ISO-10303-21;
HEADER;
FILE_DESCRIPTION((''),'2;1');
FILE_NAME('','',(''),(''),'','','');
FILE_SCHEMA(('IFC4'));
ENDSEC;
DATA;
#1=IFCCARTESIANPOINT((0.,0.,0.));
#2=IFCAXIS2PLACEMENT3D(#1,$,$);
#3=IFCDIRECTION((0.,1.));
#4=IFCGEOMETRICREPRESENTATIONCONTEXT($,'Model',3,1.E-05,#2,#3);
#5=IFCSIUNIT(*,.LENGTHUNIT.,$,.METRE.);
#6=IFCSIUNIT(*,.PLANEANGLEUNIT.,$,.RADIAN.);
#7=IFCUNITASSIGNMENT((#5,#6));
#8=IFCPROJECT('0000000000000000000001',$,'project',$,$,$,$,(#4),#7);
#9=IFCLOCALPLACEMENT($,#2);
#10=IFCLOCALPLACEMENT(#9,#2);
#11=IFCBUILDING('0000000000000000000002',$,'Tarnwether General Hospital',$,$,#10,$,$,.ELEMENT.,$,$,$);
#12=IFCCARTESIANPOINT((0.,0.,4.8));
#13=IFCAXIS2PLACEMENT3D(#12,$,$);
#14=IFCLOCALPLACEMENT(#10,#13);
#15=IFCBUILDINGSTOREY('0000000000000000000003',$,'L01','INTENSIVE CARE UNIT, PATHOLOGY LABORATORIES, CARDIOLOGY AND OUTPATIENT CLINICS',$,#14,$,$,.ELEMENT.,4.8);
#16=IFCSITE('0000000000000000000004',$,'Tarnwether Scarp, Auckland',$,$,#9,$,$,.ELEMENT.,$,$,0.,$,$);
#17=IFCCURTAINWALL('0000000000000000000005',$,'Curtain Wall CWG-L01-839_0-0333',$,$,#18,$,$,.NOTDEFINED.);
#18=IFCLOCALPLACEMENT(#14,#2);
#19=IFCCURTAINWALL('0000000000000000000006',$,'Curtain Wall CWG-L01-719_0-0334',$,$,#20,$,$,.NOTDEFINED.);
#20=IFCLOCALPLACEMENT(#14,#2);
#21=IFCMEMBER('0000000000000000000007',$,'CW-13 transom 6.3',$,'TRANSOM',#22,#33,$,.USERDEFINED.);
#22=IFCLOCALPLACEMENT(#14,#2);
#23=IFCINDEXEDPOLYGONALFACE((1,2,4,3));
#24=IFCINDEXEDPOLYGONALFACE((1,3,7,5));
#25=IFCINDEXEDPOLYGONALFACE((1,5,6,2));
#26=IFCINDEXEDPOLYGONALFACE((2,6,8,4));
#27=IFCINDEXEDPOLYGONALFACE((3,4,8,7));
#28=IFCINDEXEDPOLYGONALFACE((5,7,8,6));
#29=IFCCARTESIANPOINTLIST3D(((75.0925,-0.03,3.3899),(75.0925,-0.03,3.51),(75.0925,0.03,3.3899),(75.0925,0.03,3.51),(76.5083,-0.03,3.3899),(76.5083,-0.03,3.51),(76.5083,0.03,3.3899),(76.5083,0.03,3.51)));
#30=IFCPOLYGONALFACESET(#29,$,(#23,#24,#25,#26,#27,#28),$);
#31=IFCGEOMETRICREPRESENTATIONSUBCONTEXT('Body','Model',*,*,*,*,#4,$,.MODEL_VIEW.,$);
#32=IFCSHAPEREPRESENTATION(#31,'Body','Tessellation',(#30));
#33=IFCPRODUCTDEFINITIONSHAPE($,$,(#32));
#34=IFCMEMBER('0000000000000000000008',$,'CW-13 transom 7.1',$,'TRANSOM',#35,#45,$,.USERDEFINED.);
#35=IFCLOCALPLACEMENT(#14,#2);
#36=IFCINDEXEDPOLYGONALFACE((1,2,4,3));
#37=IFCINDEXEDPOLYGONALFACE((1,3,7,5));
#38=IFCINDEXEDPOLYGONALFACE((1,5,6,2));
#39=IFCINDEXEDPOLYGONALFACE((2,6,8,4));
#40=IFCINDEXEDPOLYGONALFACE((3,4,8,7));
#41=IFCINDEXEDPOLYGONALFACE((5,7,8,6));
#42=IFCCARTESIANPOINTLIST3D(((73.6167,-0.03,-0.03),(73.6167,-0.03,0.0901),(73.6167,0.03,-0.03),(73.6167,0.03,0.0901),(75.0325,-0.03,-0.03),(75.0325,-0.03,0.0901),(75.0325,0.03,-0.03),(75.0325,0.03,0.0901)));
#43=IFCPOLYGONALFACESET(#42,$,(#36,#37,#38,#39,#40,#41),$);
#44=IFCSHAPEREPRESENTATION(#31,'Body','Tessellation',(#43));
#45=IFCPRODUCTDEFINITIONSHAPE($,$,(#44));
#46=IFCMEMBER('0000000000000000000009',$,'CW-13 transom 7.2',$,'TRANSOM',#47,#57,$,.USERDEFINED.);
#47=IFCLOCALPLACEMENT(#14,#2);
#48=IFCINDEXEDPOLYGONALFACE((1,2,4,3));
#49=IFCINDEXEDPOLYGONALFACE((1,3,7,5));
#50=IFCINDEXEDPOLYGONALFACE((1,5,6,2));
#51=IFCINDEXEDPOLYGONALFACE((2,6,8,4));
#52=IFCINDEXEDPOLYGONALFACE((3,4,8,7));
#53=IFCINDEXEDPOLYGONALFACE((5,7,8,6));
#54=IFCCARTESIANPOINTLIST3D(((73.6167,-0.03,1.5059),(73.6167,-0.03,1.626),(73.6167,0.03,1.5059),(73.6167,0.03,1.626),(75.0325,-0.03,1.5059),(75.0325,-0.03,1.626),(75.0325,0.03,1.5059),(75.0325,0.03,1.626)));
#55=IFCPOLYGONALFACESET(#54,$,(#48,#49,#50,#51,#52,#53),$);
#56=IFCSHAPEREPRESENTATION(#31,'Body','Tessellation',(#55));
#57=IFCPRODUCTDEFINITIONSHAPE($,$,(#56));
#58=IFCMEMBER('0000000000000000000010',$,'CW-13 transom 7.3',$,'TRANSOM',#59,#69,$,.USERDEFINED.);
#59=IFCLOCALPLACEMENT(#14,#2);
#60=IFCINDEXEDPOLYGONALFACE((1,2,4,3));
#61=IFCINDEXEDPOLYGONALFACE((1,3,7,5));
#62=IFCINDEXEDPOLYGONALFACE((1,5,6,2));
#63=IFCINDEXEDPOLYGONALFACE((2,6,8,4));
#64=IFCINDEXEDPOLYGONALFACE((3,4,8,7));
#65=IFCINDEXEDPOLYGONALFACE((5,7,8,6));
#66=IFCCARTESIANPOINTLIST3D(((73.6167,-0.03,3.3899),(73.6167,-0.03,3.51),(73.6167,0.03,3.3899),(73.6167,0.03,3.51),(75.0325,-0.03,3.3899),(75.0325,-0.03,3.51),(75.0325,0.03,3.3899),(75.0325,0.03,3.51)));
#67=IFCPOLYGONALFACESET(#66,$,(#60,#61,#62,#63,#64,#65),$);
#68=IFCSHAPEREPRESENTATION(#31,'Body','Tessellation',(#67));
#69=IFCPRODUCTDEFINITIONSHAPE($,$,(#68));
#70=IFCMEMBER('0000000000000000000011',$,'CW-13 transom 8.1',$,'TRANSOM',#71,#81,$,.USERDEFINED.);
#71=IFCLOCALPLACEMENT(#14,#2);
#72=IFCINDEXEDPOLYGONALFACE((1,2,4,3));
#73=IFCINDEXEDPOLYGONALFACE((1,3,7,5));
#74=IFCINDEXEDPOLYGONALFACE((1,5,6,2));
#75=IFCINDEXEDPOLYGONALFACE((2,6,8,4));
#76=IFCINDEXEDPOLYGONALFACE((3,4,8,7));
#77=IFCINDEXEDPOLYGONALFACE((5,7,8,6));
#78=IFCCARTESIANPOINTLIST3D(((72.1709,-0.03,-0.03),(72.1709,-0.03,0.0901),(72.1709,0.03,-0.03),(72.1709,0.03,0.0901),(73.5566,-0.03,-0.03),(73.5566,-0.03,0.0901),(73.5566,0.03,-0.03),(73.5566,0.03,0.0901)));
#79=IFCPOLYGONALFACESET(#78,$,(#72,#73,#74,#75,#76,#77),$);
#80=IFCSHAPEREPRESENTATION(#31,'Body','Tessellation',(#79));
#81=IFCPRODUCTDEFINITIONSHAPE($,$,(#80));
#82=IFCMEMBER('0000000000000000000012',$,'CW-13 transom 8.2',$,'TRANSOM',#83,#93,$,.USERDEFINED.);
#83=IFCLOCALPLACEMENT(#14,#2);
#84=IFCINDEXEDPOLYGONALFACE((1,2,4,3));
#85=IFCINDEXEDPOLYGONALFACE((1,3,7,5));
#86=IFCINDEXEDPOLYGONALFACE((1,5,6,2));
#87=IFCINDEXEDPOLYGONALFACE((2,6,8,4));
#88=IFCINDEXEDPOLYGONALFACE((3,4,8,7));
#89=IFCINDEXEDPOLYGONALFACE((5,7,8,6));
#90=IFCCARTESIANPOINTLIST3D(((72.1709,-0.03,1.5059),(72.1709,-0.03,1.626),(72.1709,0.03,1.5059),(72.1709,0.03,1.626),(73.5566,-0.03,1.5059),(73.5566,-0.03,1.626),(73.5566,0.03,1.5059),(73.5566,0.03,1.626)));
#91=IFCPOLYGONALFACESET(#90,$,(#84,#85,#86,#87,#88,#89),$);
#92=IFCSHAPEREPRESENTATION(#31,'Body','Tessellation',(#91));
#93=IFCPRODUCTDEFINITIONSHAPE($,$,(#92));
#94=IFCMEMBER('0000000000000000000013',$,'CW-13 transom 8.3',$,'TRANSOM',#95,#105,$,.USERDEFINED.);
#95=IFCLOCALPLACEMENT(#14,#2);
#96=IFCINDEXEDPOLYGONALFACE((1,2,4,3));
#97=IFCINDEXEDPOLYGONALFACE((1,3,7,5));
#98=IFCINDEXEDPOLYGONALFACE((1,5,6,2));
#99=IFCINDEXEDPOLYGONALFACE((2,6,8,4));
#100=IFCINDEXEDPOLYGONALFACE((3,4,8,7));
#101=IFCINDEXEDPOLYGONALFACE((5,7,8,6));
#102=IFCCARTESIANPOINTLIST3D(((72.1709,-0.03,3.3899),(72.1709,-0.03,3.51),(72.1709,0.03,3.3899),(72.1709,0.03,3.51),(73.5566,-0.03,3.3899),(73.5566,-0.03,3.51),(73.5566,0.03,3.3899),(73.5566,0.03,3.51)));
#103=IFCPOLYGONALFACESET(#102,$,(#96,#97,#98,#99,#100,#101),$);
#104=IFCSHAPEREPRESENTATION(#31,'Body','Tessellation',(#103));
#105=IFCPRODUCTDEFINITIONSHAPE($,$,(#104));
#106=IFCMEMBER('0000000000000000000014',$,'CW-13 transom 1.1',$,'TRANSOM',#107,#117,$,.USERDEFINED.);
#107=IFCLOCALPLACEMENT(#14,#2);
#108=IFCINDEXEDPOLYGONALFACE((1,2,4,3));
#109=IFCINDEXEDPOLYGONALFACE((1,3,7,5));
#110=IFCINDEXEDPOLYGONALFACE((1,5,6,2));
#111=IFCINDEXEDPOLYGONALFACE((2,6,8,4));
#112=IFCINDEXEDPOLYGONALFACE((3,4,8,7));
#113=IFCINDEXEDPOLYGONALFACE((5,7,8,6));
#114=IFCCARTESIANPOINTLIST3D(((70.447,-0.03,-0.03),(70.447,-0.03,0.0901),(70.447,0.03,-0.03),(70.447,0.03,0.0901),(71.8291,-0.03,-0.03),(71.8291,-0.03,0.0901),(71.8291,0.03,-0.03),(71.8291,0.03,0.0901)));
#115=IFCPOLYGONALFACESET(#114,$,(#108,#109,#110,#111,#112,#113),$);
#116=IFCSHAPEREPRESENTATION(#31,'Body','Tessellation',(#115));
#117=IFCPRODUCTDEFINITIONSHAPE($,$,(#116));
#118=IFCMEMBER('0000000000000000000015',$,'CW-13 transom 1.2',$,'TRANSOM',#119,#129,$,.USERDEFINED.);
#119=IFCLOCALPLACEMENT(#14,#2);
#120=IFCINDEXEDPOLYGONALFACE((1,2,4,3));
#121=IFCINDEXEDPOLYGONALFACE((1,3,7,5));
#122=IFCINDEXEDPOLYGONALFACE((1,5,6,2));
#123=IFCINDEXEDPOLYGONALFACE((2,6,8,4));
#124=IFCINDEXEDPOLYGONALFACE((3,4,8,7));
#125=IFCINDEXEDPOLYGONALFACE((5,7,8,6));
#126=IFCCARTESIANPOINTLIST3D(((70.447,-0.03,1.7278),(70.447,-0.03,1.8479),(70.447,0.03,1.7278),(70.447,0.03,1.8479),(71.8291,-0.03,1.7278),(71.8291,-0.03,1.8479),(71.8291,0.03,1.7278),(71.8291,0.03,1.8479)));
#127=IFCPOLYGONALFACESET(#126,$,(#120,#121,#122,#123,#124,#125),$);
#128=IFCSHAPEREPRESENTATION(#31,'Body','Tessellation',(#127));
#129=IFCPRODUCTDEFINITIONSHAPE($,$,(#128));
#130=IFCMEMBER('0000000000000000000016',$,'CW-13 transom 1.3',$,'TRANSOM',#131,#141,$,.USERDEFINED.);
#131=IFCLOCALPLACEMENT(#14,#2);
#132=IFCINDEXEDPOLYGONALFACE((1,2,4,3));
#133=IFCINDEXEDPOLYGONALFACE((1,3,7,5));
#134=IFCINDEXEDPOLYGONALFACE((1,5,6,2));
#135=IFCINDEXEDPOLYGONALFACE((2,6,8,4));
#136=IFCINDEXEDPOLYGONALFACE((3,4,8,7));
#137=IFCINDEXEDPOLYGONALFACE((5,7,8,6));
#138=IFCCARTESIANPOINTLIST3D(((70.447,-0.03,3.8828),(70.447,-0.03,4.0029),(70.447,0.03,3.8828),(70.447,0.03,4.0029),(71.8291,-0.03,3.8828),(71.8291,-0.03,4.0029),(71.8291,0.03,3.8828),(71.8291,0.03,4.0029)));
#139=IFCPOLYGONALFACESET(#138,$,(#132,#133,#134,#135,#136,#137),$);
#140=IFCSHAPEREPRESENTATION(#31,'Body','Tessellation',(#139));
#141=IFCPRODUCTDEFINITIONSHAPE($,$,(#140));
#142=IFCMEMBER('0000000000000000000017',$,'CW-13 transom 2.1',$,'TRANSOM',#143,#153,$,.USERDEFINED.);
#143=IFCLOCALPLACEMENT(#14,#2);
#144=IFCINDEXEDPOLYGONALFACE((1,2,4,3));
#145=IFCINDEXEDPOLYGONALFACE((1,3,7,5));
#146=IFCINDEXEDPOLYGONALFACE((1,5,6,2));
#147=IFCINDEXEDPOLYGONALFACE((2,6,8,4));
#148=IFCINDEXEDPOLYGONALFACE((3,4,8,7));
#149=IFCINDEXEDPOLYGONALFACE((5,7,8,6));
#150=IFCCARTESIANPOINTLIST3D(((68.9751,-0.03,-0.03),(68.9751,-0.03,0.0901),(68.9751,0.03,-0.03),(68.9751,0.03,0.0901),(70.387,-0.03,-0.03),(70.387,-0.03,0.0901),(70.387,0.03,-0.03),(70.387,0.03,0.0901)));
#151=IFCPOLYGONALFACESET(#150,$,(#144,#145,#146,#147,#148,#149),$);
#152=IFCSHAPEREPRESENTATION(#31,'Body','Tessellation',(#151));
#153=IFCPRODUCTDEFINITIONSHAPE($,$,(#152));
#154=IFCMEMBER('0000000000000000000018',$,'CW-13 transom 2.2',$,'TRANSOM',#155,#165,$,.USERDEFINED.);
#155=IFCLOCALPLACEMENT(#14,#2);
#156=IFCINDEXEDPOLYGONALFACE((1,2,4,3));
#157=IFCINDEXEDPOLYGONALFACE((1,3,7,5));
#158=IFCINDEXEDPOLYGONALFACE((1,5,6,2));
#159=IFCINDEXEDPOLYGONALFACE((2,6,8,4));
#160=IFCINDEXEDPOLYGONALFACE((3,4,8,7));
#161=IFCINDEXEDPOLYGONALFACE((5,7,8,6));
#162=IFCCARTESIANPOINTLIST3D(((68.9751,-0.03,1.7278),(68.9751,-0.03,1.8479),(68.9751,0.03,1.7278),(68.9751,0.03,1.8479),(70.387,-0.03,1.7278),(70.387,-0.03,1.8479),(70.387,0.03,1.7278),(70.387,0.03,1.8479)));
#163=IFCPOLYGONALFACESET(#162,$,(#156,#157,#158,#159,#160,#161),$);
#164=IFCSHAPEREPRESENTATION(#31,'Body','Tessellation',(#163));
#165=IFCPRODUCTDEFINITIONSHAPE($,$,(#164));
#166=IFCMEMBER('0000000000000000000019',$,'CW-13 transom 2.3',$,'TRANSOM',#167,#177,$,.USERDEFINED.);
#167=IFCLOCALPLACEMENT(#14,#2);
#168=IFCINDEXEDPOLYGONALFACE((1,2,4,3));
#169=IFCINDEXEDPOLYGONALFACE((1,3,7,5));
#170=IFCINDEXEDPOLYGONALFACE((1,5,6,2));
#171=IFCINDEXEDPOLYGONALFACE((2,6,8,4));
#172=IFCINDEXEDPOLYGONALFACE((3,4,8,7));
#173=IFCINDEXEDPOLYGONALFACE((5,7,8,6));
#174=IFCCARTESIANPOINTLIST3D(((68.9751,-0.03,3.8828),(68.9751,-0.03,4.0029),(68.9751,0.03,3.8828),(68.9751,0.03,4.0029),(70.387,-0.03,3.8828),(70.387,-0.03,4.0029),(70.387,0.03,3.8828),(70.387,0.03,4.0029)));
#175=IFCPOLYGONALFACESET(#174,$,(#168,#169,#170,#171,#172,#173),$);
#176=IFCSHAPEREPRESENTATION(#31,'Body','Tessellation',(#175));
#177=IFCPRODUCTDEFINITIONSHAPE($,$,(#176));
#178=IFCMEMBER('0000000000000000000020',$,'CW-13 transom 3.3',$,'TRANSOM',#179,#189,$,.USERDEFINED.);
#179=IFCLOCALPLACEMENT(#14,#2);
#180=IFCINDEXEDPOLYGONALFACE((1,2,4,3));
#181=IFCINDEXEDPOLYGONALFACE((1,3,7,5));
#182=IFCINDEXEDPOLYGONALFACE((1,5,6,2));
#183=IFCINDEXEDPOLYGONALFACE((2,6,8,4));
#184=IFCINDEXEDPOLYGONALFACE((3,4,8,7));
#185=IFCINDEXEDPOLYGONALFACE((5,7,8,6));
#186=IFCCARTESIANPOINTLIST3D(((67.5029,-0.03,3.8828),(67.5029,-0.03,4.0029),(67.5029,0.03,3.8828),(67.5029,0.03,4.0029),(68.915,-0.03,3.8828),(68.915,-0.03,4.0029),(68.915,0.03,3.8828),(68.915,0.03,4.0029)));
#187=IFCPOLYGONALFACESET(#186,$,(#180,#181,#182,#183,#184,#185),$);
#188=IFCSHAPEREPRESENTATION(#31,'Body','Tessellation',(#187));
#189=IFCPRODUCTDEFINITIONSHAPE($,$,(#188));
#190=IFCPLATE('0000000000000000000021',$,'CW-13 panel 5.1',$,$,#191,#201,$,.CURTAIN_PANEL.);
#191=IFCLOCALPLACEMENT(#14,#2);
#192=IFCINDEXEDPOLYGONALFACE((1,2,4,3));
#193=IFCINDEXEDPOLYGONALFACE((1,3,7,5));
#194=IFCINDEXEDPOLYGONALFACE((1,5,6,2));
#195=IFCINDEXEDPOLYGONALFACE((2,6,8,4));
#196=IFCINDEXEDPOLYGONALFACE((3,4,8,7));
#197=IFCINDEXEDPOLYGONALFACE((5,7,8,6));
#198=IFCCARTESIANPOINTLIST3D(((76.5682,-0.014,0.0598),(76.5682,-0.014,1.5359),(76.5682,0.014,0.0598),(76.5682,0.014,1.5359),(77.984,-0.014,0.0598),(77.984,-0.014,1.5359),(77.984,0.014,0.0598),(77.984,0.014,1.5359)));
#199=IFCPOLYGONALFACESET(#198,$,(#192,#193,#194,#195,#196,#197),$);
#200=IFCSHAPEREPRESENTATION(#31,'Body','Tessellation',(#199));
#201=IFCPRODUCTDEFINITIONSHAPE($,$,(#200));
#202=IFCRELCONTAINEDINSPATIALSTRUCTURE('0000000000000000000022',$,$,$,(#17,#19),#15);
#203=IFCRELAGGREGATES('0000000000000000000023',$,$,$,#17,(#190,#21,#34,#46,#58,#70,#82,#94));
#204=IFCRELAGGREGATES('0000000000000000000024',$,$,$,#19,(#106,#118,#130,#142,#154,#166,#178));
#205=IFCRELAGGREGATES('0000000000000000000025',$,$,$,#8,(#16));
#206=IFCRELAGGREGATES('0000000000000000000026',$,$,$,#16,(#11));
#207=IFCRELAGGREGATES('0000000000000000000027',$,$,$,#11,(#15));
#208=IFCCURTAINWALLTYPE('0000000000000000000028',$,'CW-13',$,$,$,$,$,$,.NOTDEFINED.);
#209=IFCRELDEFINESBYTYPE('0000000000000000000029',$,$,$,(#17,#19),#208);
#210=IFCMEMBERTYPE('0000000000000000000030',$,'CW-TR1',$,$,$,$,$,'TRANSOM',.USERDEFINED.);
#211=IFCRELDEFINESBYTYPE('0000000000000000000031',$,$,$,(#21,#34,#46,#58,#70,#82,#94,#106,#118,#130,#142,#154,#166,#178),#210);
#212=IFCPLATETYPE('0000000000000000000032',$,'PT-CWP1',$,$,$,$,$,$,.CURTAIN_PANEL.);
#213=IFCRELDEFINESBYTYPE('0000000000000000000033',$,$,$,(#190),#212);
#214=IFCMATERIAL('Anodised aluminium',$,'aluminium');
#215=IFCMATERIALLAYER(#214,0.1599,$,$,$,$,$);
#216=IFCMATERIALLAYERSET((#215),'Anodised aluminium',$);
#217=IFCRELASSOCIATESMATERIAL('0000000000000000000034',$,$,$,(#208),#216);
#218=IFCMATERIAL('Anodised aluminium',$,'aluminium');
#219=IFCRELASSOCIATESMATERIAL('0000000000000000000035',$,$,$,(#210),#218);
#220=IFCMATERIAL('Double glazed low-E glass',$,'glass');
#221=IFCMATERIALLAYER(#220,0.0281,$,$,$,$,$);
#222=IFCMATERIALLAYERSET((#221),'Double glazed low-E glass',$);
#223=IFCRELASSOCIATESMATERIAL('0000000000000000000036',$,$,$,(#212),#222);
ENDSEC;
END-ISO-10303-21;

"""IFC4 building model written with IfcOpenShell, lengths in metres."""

from ifc_helpers import new_model, si_unit, direction, frame, origin, origin_2d, place, context, subcontext, project, spatial, rectangle, extrude, material, layer, layer_set, material_profile, profile_set, type_object, element, aggregate, save


model = new_model("IFC4")

# Units and contexts
model_context = context("Model", 3, precision=1e-05, world=origin(), true_north=direction((0.0, 1.0)))
body_context = subcontext(model_context, "Body", "Model", "MODEL_VIEW")
ifc_project = project(units=[si_unit("LENGTHUNIT", "METRE"), si_unit("PLANEANGLEUNIT", "RADIAN")], contexts=[model_context])

# Site, building, storey
site_placement = place(None, origin())
site = spatial("IfcSite", under=ifc_project, at=site_placement, Name="Tarnwether Scarp, Auckland", CompositionType="ELEMENT", RefElevation=0.0)
building_placement = place(site_placement, origin())
building = spatial("IfcBuilding", under=site, at=building_placement, Name="Tarnwether General Hospital", CompositionType="ELEMENT")
storey_placement = place(building_placement, frame((0.0, 0.0, 4.8)))
storey = spatial("IfcBuildingStorey", under=building, at=storey_placement, Name="L01", Description="INTENSIVE CARE UNIT, PATHOLOGY LABORATORIES, CARDIOLOGY AND OUTPATIENT CLINICS", CompositionType="ELEMENT", Elevation=4.8)

# Curtain walls
ifc_material_1 = material(Name="Anodised aluminium", Category="aluminium")
ifc_layer_1 = layer(ifc_material_1, 0.1599)
ifc_layer_set_1 = layer_set([ifc_layer_1], Name="Anodised aluminium")
curtain_wall_type = type_object("IfcCurtainWallType", Name="CW-13", PredefinedType="NOTDEFINED", material=ifc_layer_set_1)
curtain_wall_1_placement = place(storey_placement, origin())
curtain_wall_1 = element("IfcCurtainWall", 1, at=curtain_wall_1_placement, inside=storey, type_object=curtain_wall_type, Name="Curtain Wall CWG-L01-839_0-0333", PredefinedType="NOTDEFINED")
curtain_wall_2_placement = place(storey_placement, origin())
curtain_wall_2 = element("IfcCurtainWall", 2, at=curtain_wall_2_placement, inside=storey, type_object=curtain_wall_type, Name="Curtain Wall CWG-L01-719_0-0334", PredefinedType="NOTDEFINED")

# Members
ifc_material_2 = material(Name="Anodised aluminium", Category="aluminium")
ifc_material_profile_1 = material_profile(ifc_material_2, rectangle(XDim=0.0601, YDim=0.1201, at=origin_2d()), Name="ALU-TRN-60x120")
ifc_profile_set_1 = profile_set([ifc_material_profile_1], Name="Anodised aluminium")
member_type_1 = type_object("IfcMemberType", Name="CW-TR1", ElementType="TRANSOM", PredefinedType="USERDEFINED", material=ifc_profile_set_1)
member_1_placement = place(storey_placement, frame((76.5083, 0.0, 3.45), z_axis=(-1.0, 0.0, 0.0), x_axis=(0.0, -1.0, 0.0)))
member_1 = element("IfcMember", 3, at=member_1_placement, type_object=member_type_1, Name="CW-13 transom 6.3", ObjectType="TRANSOM", PredefinedType="USERDEFINED", context=body_context, shape_type="SweptSolid", body=[
    extrude(rectangle(XDim=0.0601, YDim=0.1201, at=origin_2d()), origin(), (0.0, 0.0, 1.0), 1.4158),
])
member_2_placement = place(storey_placement, frame((75.0325, 0.0, 0.03), z_axis=(-1.0, 0.0, 0.0), x_axis=(0.0, -1.0, 0.0)))
member_2 = element("IfcMember", 4, at=member_2_placement, type_object=member_type_1, Name="CW-13 transom 7.1", ObjectType="TRANSOM", PredefinedType="USERDEFINED", context=body_context, shape_type="SweptSolid", body=[
    extrude(rectangle(XDim=0.0601, YDim=0.1201, at=origin_2d()), origin(), (0.0, 0.0, 1.0), 1.4158),
])
member_3_placement = place(storey_placement, frame((75.0325, 0.0, 1.5659), z_axis=(-1.0, 0.0, 0.0), x_axis=(0.0, -1.0, 0.0)))
member_3 = element("IfcMember", 5, at=member_3_placement, type_object=member_type_1, Name="CW-13 transom 7.2", ObjectType="TRANSOM", PredefinedType="USERDEFINED", context=body_context, shape_type="SweptSolid", body=[
    extrude(rectangle(XDim=0.0601, YDim=0.1201, at=origin_2d()), origin(), (0.0, 0.0, 1.0), 1.4158),
])
member_4_placement = place(storey_placement, frame((75.0325, 0.0, 3.45), z_axis=(-1.0, 0.0, 0.0), x_axis=(0.0, -1.0, 0.0)))
member_4 = element("IfcMember", 6, at=member_4_placement, type_object=member_type_1, Name="CW-13 transom 7.3", ObjectType="TRANSOM", PredefinedType="USERDEFINED", context=body_context, shape_type="SweptSolid", body=[
    extrude(rectangle(XDim=0.0601, YDim=0.1201, at=origin_2d()), origin(), (0.0, 0.0, 1.0), 1.4158),
])
member_5_placement = place(storey_placement, frame((73.5566, 0.0, 0.03), z_axis=(-1.0, 0.0, 0.0), x_axis=(0.0, -1.0, 0.0)))
member_5 = element("IfcMember", 7, at=member_5_placement, type_object=member_type_1, Name="CW-13 transom 8.1", ObjectType="TRANSOM", PredefinedType="USERDEFINED", context=body_context, shape_type="SweptSolid", body=[
    extrude(rectangle(XDim=0.0601, YDim=0.1201, at=origin_2d()), origin(), (0.0, 0.0, 1.0), 1.3857),
])
member_6_placement = place(storey_placement, frame((73.5566, 0.0, 1.5659), z_axis=(-1.0, 0.0, 0.0), x_axis=(0.0, -1.0, 0.0)))
member_6 = element("IfcMember", 8, at=member_6_placement, type_object=member_type_1, Name="CW-13 transom 8.2", ObjectType="TRANSOM", PredefinedType="USERDEFINED", context=body_context, shape_type="SweptSolid", body=[
    extrude(rectangle(XDim=0.0601, YDim=0.1201, at=origin_2d()), origin(), (0.0, 0.0, 1.0), 1.3857),
])
member_7_placement = place(storey_placement, frame((73.5566, 0.0, 3.45), z_axis=(-1.0, 0.0, 0.0), x_axis=(0.0, -1.0, 0.0)))
member_7 = element("IfcMember", 9, at=member_7_placement, type_object=member_type_1, Name="CW-13 transom 8.3", ObjectType="TRANSOM", PredefinedType="USERDEFINED", context=body_context, shape_type="SweptSolid", body=[
    extrude(rectangle(XDim=0.0601, YDim=0.1201, at=origin_2d()), origin(), (0.0, 0.0, 1.0), 1.3857),
])
member_8_placement = place(storey_placement, frame((71.8291, 0.0, 0.03), z_axis=(-1.0, 0.0, 0.0), x_axis=(0.0, -1.0, 0.0)))
member_8 = element("IfcMember", 10, at=member_8_placement, type_object=member_type_1, Name="CW-13 transom 1.1", ObjectType="TRANSOM", PredefinedType="USERDEFINED", context=body_context, shape_type="SweptSolid", body=[
    extrude(rectangle(XDim=0.0601, YDim=0.1201, at=origin_2d()), origin(), (0.0, 0.0, 1.0), 1.3821),
])
member_9_placement = place(storey_placement, frame((71.8291, 0.0, 1.7878), z_axis=(-1.0, 0.0, 0.0), x_axis=(0.0, -1.0, 0.0)))
member_9 = element("IfcMember", 11, at=member_9_placement, type_object=member_type_1, Name="CW-13 transom 1.2", ObjectType="TRANSOM", PredefinedType="USERDEFINED", context=body_context, shape_type="SweptSolid", body=[
    extrude(rectangle(XDim=0.0601, YDim=0.1201, at=origin_2d()), origin(), (0.0, 0.0, 1.0), 1.3821),
])
member_10_placement = place(storey_placement, frame((71.8291, 0.0, 3.9429), z_axis=(-1.0, 0.0, 0.0), x_axis=(0.0, -1.0, 0.0)))
member_10 = element("IfcMember", 12, at=member_10_placement, type_object=member_type_1, Name="CW-13 transom 1.3", ObjectType="TRANSOM", PredefinedType="USERDEFINED", context=body_context, shape_type="SweptSolid", body=[
    extrude(rectangle(XDim=0.0601, YDim=0.1201, at=origin_2d()), origin(), (0.0, 0.0, 1.0), 1.3821),
])
member_11_placement = place(storey_placement, frame((70.387, 0.0, 0.03), z_axis=(-1.0, 0.0, 0.0), x_axis=(0.0, -1.0, 0.0)))
member_11 = element("IfcMember", 13, at=member_11_placement, type_object=member_type_1, Name="CW-13 transom 2.1", ObjectType="TRANSOM", PredefinedType="USERDEFINED", context=body_context, shape_type="SweptSolid", body=[
    extrude(rectangle(XDim=0.0601, YDim=0.1201, at=origin_2d()), origin(), (0.0, 0.0, 1.0), 1.4119),
])
member_12_placement = place(storey_placement, frame((70.387, 0.0, 1.7878), z_axis=(-1.0, 0.0, 0.0), x_axis=(0.0, -1.0, 0.0)))
member_12 = element("IfcMember", 14, at=member_12_placement, type_object=member_type_1, Name="CW-13 transom 2.2", ObjectType="TRANSOM", PredefinedType="USERDEFINED", context=body_context, shape_type="SweptSolid", body=[
    extrude(rectangle(XDim=0.0601, YDim=0.1201, at=origin_2d()), origin(), (0.0, 0.0, 1.0), 1.4119),
])
member_13_placement = place(storey_placement, frame((70.387, 0.0, 3.9429), z_axis=(-1.0, 0.0, 0.0), x_axis=(0.0, -1.0, 0.0)))
member_13 = element("IfcMember", 15, at=member_13_placement, type_object=member_type_1, Name="CW-13 transom 2.3", ObjectType="TRANSOM", PredefinedType="USERDEFINED", context=body_context, shape_type="SweptSolid", body=[
    extrude(rectangle(XDim=0.0601, YDim=0.1201, at=origin_2d()), origin(), (0.0, 0.0, 1.0), 1.4119),
])
member_14_placement = place(storey_placement, frame((68.915, 0.0, 3.9429), z_axis=(-1.0, 0.0, 0.0), x_axis=(0.0, -1.0, 0.0)))
member_14 = element("IfcMember", 16, at=member_14_placement, type_object=member_type_1, Name="CW-13 transom 3.3", ObjectType="TRANSOM", PredefinedType="USERDEFINED", context=body_context, shape_type="SweptSolid", body=[
    extrude(rectangle(XDim=0.0601, YDim=0.1201, at=origin_2d()), origin(), (0.0, 0.0, 1.0), 1.4121),
])

# Plate
ifc_material_3 = material(Name="Double glazed low-E glass", Category="glass")
ifc_layer_2 = layer(ifc_material_3, 0.0281)
ifc_layer_set_2 = layer_set([ifc_layer_2], Name="Double glazed low-E glass")
plate_type_1 = type_object("IfcPlateType", Name="PT-CWP1", PredefinedType="CURTAIN_PANEL", material=ifc_layer_set_2)
plate_1_placement = place(storey_placement, frame((77.2761, 0.0, 0.0598), z_axis=(0.0, 0.0, 1.0), x_axis=(-1.0, 0.0, 0.0)))
plate_1 = element("IfcPlate", 17, at=plate_1_placement, type_object=plate_type_1, Name="CW-13 panel 5.1", PredefinedType="CURTAIN_PANEL", context=body_context, shape_type="SweptSolid", body=[
    extrude(rectangle(XDim=1.4158, YDim=0.0281, at=origin_2d()), origin(), (0.0, 0.0, 1.0), 1.4761),
])
aggregate(curtain_wall_1, [plate_1, member_1, member_2, member_3, member_4, member_5, member_6, member_7])
aggregate(curtain_wall_2, [member_8, member_9, member_10, member_11, member_12, member_13, member_14])

save(model, "model.ifc")
